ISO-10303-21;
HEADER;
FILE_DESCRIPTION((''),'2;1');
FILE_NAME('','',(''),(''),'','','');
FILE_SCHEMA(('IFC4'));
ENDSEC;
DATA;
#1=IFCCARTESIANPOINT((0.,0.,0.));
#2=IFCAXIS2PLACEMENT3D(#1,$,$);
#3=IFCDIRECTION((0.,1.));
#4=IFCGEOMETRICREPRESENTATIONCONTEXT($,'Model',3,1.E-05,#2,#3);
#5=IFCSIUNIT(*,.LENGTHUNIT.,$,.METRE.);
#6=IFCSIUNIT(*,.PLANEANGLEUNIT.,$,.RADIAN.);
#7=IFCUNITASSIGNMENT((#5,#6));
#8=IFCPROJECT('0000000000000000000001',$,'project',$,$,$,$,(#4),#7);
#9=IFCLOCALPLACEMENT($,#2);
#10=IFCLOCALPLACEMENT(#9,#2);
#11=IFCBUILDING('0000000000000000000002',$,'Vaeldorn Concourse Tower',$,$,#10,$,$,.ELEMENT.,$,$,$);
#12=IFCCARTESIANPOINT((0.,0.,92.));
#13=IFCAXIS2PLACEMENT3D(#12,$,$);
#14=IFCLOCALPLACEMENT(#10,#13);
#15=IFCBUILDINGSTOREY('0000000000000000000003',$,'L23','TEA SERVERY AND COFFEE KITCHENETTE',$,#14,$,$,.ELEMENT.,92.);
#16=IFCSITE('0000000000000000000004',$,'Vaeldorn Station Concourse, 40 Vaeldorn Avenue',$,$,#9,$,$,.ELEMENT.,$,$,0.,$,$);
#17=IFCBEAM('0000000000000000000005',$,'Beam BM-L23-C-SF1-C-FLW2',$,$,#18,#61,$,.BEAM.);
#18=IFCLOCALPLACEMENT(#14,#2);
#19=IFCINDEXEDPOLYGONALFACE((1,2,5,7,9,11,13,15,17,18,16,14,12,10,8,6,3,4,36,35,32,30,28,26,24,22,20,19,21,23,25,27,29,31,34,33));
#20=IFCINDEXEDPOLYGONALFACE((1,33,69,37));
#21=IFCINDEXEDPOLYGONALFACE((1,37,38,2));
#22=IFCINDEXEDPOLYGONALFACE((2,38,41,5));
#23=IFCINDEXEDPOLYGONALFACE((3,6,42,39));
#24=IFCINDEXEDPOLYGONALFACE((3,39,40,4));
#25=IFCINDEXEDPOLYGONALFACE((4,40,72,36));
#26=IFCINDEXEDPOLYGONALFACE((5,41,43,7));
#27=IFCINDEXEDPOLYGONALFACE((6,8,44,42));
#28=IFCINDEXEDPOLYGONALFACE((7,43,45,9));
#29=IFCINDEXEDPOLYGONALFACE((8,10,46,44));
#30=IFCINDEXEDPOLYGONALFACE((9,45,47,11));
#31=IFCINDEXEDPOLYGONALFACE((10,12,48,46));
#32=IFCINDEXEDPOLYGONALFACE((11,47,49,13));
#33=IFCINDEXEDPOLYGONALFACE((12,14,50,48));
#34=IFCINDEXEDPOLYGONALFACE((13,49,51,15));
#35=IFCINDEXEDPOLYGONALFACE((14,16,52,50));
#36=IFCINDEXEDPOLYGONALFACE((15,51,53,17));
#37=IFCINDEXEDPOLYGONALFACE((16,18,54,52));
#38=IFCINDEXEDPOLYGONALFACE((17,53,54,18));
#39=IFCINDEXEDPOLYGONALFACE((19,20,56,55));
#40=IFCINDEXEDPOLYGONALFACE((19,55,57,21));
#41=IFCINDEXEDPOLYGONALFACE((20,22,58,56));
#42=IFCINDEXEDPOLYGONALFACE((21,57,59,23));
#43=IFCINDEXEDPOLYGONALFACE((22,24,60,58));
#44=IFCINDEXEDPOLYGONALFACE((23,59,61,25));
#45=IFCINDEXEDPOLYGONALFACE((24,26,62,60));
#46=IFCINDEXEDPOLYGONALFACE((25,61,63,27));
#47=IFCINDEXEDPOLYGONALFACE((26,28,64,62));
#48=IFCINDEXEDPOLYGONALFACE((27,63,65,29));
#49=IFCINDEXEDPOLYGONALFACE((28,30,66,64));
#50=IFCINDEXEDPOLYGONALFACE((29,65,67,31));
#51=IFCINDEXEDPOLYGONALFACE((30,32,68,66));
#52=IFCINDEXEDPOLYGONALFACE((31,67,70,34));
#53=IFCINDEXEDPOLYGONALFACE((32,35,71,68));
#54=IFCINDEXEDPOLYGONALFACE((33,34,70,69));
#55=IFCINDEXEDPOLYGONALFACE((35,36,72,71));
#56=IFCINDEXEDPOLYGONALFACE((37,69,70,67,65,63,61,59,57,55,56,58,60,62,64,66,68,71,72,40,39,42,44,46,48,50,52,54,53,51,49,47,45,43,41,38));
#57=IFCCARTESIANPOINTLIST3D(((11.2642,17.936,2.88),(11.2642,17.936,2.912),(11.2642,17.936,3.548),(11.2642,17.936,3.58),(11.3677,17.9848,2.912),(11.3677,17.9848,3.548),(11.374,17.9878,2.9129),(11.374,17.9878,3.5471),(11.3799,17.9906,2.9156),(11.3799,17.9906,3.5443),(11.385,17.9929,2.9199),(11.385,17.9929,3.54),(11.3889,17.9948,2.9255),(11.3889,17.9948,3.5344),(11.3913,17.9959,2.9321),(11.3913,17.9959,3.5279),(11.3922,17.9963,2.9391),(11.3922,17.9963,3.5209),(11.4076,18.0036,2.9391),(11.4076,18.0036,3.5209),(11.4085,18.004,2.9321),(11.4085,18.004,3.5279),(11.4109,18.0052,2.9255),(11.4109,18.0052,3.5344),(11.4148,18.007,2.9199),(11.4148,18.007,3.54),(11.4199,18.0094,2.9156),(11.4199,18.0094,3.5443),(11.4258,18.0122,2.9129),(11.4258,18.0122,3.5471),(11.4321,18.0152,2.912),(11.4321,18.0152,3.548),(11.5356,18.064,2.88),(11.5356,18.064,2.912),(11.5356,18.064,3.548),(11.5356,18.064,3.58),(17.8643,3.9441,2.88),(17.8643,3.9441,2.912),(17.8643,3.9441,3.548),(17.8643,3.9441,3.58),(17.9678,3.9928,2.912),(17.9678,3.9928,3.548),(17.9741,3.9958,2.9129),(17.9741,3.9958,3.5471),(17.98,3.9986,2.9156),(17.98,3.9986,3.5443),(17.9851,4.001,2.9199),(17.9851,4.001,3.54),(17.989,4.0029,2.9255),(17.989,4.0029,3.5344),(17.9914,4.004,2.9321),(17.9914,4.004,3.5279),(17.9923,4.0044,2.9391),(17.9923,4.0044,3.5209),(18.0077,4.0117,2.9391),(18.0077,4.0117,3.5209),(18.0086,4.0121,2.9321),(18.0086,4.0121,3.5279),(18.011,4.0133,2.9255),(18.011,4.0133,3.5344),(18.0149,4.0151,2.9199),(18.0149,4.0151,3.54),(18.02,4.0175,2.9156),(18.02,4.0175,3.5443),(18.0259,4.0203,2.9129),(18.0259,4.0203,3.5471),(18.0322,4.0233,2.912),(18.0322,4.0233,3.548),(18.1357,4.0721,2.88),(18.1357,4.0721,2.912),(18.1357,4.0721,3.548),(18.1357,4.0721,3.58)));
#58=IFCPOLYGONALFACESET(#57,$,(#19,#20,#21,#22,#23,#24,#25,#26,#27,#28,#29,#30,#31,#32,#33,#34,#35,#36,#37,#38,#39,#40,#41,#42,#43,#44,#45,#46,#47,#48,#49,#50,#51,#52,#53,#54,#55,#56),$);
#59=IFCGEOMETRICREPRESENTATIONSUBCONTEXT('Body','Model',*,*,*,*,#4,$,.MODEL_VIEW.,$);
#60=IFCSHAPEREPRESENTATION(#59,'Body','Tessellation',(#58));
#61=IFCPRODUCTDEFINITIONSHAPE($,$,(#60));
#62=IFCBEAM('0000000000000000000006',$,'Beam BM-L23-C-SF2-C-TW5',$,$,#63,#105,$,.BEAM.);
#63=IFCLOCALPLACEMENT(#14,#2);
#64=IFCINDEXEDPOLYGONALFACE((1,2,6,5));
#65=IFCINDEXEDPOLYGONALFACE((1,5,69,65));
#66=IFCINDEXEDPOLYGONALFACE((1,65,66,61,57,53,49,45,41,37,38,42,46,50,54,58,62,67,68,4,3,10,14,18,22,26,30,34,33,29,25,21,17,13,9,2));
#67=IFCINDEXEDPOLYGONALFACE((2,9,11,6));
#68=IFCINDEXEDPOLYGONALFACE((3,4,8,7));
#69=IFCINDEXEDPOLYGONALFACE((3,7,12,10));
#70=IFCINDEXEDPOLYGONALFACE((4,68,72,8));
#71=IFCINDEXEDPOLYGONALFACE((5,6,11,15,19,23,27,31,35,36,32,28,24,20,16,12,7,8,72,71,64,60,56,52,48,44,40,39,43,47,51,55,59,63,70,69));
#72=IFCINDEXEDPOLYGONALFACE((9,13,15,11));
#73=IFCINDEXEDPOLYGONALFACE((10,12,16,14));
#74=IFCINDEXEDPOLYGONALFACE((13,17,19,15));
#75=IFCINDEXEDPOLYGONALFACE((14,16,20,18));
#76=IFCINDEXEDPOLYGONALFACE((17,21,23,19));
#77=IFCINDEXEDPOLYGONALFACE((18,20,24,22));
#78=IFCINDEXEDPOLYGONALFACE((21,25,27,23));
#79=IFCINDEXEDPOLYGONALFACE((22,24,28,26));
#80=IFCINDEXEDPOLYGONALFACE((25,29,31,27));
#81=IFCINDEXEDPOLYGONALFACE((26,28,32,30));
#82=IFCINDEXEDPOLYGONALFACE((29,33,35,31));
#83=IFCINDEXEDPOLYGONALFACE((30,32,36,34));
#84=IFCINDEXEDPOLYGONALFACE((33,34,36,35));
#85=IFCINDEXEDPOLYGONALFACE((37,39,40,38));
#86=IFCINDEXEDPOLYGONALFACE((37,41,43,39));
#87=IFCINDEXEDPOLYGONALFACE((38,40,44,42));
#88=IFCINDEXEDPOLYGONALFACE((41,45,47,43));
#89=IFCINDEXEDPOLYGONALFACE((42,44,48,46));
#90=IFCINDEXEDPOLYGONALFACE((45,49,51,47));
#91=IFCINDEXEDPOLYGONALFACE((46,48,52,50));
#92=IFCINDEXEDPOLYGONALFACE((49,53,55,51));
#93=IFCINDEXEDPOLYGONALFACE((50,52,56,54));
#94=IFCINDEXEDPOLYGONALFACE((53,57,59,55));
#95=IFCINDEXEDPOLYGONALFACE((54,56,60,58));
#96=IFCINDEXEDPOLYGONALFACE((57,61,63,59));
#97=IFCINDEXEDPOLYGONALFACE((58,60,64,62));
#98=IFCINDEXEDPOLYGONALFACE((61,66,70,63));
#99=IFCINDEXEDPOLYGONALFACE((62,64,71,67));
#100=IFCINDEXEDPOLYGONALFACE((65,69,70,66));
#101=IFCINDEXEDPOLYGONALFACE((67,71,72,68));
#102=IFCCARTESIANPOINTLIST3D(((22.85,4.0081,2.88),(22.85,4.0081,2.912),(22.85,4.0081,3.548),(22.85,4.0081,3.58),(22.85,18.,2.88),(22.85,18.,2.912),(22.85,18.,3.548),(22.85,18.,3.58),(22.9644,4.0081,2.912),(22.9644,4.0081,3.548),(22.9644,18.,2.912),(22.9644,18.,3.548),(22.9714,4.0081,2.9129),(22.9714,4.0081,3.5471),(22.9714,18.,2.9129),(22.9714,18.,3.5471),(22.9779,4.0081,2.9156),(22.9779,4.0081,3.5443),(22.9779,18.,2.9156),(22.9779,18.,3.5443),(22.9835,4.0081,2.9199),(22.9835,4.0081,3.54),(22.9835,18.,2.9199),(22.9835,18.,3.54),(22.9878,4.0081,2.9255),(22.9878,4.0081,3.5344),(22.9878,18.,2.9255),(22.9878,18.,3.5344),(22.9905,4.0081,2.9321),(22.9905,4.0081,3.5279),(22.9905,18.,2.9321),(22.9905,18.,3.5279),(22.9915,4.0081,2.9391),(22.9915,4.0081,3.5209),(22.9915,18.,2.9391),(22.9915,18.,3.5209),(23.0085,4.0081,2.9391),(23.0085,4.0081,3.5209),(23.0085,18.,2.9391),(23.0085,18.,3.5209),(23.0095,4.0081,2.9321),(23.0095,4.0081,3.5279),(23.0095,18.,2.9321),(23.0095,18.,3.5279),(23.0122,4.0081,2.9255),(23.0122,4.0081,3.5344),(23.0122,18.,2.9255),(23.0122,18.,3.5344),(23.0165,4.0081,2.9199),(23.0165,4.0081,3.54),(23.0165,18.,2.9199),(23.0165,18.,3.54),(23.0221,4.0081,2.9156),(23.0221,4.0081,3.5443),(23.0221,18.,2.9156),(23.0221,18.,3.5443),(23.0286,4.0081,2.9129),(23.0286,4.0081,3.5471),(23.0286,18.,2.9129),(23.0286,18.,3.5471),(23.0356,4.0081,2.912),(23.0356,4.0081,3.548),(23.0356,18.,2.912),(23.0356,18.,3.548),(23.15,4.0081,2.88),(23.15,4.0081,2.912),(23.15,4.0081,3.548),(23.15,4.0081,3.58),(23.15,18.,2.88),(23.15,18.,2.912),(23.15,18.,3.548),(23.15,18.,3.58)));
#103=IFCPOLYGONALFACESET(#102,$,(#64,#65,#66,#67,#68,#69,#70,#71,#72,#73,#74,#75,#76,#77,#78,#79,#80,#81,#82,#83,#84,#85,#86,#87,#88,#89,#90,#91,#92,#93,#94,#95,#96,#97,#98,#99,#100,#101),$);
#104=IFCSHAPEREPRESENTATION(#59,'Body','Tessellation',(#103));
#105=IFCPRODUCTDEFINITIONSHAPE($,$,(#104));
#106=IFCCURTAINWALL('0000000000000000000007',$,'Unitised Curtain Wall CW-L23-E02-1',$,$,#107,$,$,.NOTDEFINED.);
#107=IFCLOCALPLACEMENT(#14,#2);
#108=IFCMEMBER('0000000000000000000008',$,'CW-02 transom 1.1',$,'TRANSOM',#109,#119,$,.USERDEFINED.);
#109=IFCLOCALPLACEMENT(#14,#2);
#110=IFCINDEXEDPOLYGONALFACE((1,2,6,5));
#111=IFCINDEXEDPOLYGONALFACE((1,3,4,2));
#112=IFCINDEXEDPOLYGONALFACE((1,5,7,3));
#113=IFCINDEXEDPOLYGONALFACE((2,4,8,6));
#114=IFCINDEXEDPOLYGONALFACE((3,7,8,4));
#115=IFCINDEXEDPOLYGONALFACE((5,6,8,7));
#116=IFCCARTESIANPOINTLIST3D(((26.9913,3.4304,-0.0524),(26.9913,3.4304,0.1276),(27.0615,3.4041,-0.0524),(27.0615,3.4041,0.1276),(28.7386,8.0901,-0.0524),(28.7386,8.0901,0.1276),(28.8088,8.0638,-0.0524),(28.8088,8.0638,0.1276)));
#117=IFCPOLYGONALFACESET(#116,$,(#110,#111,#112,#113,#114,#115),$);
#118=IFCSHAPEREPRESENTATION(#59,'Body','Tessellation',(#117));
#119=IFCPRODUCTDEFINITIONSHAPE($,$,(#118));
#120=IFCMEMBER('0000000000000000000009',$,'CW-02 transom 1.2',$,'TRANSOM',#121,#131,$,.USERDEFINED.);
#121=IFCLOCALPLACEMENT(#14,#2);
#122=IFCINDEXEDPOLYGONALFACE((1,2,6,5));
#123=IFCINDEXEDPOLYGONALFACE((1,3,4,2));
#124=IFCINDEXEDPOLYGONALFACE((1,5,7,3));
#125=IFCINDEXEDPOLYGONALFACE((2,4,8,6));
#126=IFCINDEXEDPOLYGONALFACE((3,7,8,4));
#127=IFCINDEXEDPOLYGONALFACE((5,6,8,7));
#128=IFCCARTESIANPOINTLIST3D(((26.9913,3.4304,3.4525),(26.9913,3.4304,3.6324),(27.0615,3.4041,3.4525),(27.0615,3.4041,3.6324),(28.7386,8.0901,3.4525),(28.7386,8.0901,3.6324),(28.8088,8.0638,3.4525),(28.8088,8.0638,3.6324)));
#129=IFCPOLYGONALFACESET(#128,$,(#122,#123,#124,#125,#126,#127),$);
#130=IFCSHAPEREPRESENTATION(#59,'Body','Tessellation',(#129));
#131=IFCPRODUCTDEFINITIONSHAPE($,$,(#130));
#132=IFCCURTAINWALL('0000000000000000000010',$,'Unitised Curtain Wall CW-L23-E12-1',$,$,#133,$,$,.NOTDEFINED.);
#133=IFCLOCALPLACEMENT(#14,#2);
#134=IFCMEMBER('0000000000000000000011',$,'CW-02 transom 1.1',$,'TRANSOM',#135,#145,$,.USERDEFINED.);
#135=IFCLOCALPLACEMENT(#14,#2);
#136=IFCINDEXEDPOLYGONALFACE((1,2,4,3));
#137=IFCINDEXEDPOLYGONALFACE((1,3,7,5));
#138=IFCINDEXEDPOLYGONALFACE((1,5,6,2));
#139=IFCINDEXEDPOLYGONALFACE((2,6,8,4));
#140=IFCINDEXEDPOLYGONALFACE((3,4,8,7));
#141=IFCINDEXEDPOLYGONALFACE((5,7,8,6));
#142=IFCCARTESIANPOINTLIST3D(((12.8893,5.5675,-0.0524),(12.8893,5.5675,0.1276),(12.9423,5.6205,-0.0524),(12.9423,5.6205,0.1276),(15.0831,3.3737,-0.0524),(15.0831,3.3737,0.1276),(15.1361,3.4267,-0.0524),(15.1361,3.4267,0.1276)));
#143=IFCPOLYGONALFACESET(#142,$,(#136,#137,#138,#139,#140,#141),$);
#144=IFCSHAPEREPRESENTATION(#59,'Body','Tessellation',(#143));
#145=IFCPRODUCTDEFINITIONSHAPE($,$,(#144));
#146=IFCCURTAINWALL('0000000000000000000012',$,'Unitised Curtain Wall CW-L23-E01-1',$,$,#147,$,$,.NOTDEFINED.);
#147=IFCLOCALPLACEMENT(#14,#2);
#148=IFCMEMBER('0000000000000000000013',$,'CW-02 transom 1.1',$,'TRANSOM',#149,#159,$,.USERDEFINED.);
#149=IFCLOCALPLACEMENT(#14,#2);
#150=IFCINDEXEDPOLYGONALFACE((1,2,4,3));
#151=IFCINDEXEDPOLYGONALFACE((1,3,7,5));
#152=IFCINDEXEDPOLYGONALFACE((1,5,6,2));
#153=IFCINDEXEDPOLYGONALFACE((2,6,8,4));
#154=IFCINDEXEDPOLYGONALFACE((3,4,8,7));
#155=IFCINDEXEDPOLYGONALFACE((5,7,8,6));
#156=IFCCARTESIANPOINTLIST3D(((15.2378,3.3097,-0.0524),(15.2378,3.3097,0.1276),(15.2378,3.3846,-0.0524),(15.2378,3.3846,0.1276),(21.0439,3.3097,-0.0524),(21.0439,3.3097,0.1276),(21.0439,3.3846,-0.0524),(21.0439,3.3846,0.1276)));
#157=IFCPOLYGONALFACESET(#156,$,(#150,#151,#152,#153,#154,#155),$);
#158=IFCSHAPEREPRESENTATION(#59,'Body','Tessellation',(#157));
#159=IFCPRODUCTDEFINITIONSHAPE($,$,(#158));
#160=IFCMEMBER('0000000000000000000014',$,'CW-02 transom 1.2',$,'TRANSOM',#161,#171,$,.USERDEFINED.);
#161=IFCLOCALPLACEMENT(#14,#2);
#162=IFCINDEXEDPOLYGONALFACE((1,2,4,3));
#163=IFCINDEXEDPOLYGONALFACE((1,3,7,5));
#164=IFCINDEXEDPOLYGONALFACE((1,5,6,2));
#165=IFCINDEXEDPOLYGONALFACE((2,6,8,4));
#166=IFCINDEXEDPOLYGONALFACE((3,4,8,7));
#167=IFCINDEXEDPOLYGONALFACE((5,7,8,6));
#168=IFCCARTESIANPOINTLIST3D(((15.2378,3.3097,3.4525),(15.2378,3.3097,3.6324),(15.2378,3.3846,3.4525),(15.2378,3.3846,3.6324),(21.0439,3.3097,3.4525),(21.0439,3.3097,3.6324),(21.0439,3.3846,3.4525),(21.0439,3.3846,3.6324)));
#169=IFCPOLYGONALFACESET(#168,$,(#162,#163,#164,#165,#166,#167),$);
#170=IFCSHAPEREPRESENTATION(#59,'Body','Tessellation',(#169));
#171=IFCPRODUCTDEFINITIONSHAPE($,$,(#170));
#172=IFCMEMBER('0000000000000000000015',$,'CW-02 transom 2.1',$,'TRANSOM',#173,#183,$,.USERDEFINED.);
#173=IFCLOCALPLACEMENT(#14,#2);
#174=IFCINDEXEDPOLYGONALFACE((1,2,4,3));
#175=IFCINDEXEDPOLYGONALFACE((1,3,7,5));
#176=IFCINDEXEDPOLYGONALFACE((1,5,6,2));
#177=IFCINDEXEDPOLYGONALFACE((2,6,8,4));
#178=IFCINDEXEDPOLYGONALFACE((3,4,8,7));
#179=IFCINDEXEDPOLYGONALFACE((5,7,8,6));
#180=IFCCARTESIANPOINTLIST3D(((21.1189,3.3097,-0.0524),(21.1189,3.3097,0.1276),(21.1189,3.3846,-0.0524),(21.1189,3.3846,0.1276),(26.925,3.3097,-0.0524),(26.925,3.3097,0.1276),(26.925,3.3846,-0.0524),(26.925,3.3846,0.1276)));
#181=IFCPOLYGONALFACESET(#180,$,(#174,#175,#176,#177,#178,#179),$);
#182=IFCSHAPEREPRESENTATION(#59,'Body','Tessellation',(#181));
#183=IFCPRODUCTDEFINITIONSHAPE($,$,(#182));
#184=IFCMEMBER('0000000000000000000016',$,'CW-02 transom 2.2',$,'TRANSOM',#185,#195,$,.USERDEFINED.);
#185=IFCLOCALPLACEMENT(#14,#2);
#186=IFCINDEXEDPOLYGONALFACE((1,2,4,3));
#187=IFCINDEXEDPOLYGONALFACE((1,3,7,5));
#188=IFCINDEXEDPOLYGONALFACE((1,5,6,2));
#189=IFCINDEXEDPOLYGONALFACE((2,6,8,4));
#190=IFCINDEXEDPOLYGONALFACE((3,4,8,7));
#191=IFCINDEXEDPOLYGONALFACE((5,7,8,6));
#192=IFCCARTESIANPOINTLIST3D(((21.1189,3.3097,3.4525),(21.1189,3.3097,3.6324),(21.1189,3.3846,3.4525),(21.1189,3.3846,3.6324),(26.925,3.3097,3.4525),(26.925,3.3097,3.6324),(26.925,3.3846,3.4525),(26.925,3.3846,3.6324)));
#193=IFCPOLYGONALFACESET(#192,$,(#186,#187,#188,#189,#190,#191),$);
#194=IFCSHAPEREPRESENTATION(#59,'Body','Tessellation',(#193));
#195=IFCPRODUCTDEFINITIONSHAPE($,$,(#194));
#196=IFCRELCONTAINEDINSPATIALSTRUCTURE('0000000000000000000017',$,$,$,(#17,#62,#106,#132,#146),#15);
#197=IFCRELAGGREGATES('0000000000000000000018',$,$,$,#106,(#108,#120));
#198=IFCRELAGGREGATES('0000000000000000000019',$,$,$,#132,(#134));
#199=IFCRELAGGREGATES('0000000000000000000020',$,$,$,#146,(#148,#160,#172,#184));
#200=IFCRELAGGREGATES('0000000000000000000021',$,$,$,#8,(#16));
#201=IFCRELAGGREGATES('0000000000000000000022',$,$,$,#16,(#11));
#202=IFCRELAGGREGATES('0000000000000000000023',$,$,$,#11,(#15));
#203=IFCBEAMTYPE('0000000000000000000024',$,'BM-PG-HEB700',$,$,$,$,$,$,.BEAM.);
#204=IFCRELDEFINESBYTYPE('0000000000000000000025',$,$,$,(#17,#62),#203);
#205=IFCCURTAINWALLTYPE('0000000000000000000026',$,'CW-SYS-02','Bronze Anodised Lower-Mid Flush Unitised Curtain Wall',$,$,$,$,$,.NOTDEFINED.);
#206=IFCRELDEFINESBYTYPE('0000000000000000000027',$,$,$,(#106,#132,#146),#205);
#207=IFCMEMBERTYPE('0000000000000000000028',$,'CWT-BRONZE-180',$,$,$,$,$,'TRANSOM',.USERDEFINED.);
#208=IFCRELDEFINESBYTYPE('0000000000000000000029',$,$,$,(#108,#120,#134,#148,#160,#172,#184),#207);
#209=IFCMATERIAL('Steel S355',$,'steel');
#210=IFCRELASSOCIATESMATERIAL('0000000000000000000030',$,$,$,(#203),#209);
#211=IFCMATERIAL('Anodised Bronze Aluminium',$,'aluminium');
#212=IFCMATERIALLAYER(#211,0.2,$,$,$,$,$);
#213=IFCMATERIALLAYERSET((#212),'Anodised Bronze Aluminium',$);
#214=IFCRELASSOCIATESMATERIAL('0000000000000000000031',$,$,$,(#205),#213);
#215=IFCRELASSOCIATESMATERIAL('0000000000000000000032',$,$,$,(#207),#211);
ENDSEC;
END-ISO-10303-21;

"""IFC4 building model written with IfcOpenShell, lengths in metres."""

from ifc_helpers import new_model, si_unit, direction, frame, origin, origin_2d, place, context, subcontext, project, spatial, rectangle, i_section, extrude, source, transform, mapped, material, layer, layer_set, material_profile, profile_set, type_object, element, aggregate, save


model = new_model("IFC4")

# Units and contexts
model_context = context("Model", 3, precision=1e-05, world=origin(), true_north=direction((0.0, 1.0)))
body_context = subcontext(model_context, "Body", "Model", "MODEL_VIEW")
ifc_project = project(units=[si_unit("LENGTHUNIT", "METRE"), si_unit("PLANEANGLEUNIT", "RADIAN")], contexts=[model_context])

# Site, building, storey
site_placement = place(None, origin())
site = spatial("IfcSite", under=ifc_project, at=site_placement, Name="Vaeldorn Station Concourse, 40 Vaeldorn Avenue", CompositionType="ELEMENT", RefElevation=0.0)
building_placement = place(site_placement, origin())
building = spatial("IfcBuilding", under=site, at=building_placement, Name="Vaeldorn Concourse Tower", CompositionType="ELEMENT")
storey_placement = place(building_placement, frame((0.0, 0.0, 92.0)))
storey = spatial("IfcBuildingStorey", under=building, at=storey_placement, Name="L23", Description="TEA SERVERY AND COFFEE KITCHENETTE", CompositionType="ELEMENT", Elevation=92.0)

# Beams
ifc_material_1 = material(Name="Steel S355", Category="steel")
ifc_material_profile_1 = material_profile(ifc_material_1, i_section(OverallWidth=0.3, OverallDepth=0.7, WebThickness=0.0171, FlangeThickness=0.032, FilletRadius=0.0271, at=origin_2d()), Name="HEB 700")
ifc_profile_set_1 = profile_set([ifc_material_profile_1], Name="Steel S355")
beam_type_1 = type_object("IfcBeamType", Name="BM-PG-HEB700", PredefinedType="BEAM", material=ifc_profile_set_1)
shared_shape_1 = source(origin(), body_context, "Body", "SweptSolid", [
    extrude(i_section(OverallWidth=0.3, OverallDepth=0.7, WebThickness=0.0171, FlangeThickness=0.032, FilletRadius=0.0271, at=origin_2d()), origin(), (0.0, 0.0, 1.0), 15.4705),
])
beam_1_placement = place(storey_placement, frame((18.0, 4.0081, 3.23), z_axis=(-0.426625, 0.904428, 0.0), x_axis=(-0.904428, -0.426625, 0.0)))
element("IfcBeam", 1, at=beam_1_placement, inside=storey, type_object=beam_type_1, Name="Beam BM-L23-C-SF1-C-FLW2", PredefinedType="BEAM", context=body_context, shape_type="MappedRepresentation", body=[
    mapped(shared_shape_1, transform((0.0, 0.0, 0.0), scale=1.0)),
])
shared_shape_2 = source(origin(), body_context, "Body", "SweptSolid", [
    extrude(i_section(OverallWidth=0.3, OverallDepth=0.7, WebThickness=0.0171, FlangeThickness=0.032, FilletRadius=0.0271, at=origin_2d()), origin(), (0.0, 0.0, 1.0), 13.9919),
])
beam_2_placement = place(storey_placement, frame((23.0, 4.0081, 3.23), z_axis=(0.0, 1.0, 0.0), x_axis=(-1.0, 0.0, 0.0)))
element("IfcBeam", 2, at=beam_2_placement, inside=storey, type_object=beam_type_1, Name="Beam BM-L23-C-SF2-C-TW5", PredefinedType="BEAM", context=body_context, shape_type="MappedRepresentation", body=[
    mapped(shared_shape_2, transform((0.0, 0.0, 0.0), scale=1.0)),
])

# Curtain wall, members
ifc_material_2 = material(Name="Anodised Bronze Aluminium", Category="aluminium")
ifc_layer_1 = layer(ifc_material_2, 0.2)
ifc_layer_set_1 = layer_set([ifc_layer_1], Name="Anodised Bronze Aluminium")
curtain_wall_type = type_object("IfcCurtainWallType", Name="CW-SYS-02", Description="Bronze Anodised Lower-Mid Flush Unitised Curtain Wall", PredefinedType="NOTDEFINED", material=ifc_layer_set_1)
curtain_wall_1_placement = place(storey_placement, origin())
curtain_wall_1 = element("IfcCurtainWall", 3, at=curtain_wall_1_placement, inside=storey, type_object=curtain_wall_type, Name="Unitised Curtain Wall CW-L23-E02-1", PredefinedType="NOTDEFINED")
ifc_material_profile_2 = material_profile(ifc_material_2, rectangle(XDim=0.075, YDim=0.1799, at=origin_2d()), Name="CWT 75x180")
ifc_profile_set_2 = profile_set([ifc_material_profile_2], Name="Anodised Bronze Aluminium")
member_type_1 = type_object("IfcMemberType", Name="CWT-BRONZE-180", ElementType="TRANSOM", PredefinedType="USERDEFINED", material=ifc_profile_set_2)
shared_shape_3 = source(origin(), body_context, "Body", "SweptSolid", [
    extrude(rectangle(XDim=0.075, YDim=0.1799, at=origin_2d()), origin(), (0.0, 0.0, 1.0), 4.9766),
])
member_1_placement = place(storey_placement, frame((27.0264, 3.4172, 0.0376), z_axis=(0.351113, 0.936333, 0.0), x_axis=(-0.936333, 0.351113, 0.0)))
member_1 = element("IfcMember", 4, at=member_1_placement, type_object=member_type_1, Name="CW-02 transom 1.1", ObjectType="TRANSOM", PredefinedType="USERDEFINED", context=body_context, shape_type="MappedRepresentation", body=[
    mapped(shared_shape_3, transform((0.0, 0.0, 0.0), scale=1.0)),
])
member_2_placement = place(storey_placement, frame((27.0264, 3.4172, 3.5425), z_axis=(0.351113, 0.936333, 0.0), x_axis=(-0.936333, 0.351113, 0.0)))
member_2 = element("IfcMember", 5, at=member_2_placement, type_object=member_type_1, Name="CW-02 transom 1.2", ObjectType="TRANSOM", PredefinedType="USERDEFINED", context=body_context, shape_type="MappedRepresentation", body=[
    mapped(shared_shape_3, transform((0.0, 0.0, 0.0), scale=1.0)),
])

# Curtain wall, member
curtain_wall_2_placement = place(storey_placement, origin())
curtain_wall_2 = element("IfcCurtainWall", 6, at=curtain_wall_2_placement, inside=storey, type_object=curtain_wall_type, Name="Unitised Curtain Wall CW-L23-E12-1", PredefinedType="NOTDEFINED")
shared_shape_4 = source(origin(), body_context, "Body", "SweptSolid", [
    extrude(rectangle(XDim=0.075, YDim=0.1799, at=origin_2d()), origin(), (0.0, 0.0, 1.0), 3.1025),
])
member_3_placement = place(storey_placement, frame((12.9158, 5.594, 0.0376), z_axis=(0.707107, -0.707107, 0.0), x_axis=(0.707107, 0.707107, 0.0)))
member_3 = element("IfcMember", 7, at=member_3_placement, type_object=member_type_1, Name="CW-02 transom 1.1", ObjectType="TRANSOM", PredefinedType="USERDEFINED", context=body_context, shape_type="MappedRepresentation", body=[
    mapped(shared_shape_4, transform((0.0, 0.0, 0.0), scale=1.0)),
])

# Curtain wall, members
curtain_wall_3_placement = place(storey_placement, origin())
curtain_wall_3 = element("IfcCurtainWall", 8, at=curtain_wall_3_placement, inside=storey, type_object=curtain_wall_type, Name="Unitised Curtain Wall CW-L23-E01-1", PredefinedType="NOTDEFINED")
shared_shape_5 = source(origin(), body_context, "Body", "SweptSolid", [
    extrude(rectangle(XDim=0.075, YDim=0.1799, at=origin_2d()), origin(), (0.0, 0.0, 1.0), 5.8062),
])
member_4_placement = place(storey_placement, frame((15.2378, 3.3472, 0.0376), z_axis=(1.0, 0.0, 0.0), x_axis=(0.0, 1.0, 0.0)))
member_4 = element("IfcMember", 9, at=member_4_placement, type_object=member_type_1, Name="CW-02 transom 1.1", ObjectType="TRANSOM", PredefinedType="USERDEFINED", context=body_context, shape_type="MappedRepresentation", body=[
    mapped(shared_shape_5, transform((0.0, 0.0, 0.0), scale=1.0)),
])
member_5_placement = place(storey_placement, frame((15.2378, 3.3472, 3.5425), z_axis=(1.0, 0.0, 0.0), x_axis=(0.0, 1.0, 0.0)))
member_5 = element("IfcMember", 10, at=member_5_placement, type_object=member_type_1, Name="CW-02 transom 1.2", ObjectType="TRANSOM", PredefinedType="USERDEFINED", context=body_context, shape_type="MappedRepresentation", body=[
    mapped(shared_shape_5, transform((0.0, 0.0, 0.0), scale=1.0)),
])
member_6_placement = place(storey_placement, frame((21.1189, 3.3472, 0.0376), z_axis=(1.0, 0.0, 0.0), x_axis=(0.0, 1.0, 0.0)))
member_6 = element("IfcMember", 11, at=member_6_placement, type_object=member_type_1, Name="CW-02 transom 2.1", ObjectType="TRANSOM", PredefinedType="USERDEFINED", context=body_context, shape_type="MappedRepresentation", body=[
    mapped(shared_shape_5, transform((0.0, 0.0, 0.0), scale=1.0)),
])
member_7_placement = place(storey_placement, frame((21.1189, 3.3472, 3.5425), z_axis=(1.0, 0.0, 0.0), x_axis=(0.0, 1.0, 0.0)))
member_7 = element("IfcMember", 12, at=member_7_placement, type_object=member_type_1, Name="CW-02 transom 2.2", ObjectType="TRANSOM", PredefinedType="USERDEFINED", context=body_context, shape_type="MappedRepresentation", body=[
    mapped(shared_shape_5, transform((0.0, 0.0, 0.0), scale=1.0)),
])

aggregate(curtain_wall_1, [member_1, member_2])

aggregate(curtain_wall_2, [member_3])
aggregate(curtain_wall_3, [member_4, member_5, member_6, member_7])

save(model, "model.ifc")
